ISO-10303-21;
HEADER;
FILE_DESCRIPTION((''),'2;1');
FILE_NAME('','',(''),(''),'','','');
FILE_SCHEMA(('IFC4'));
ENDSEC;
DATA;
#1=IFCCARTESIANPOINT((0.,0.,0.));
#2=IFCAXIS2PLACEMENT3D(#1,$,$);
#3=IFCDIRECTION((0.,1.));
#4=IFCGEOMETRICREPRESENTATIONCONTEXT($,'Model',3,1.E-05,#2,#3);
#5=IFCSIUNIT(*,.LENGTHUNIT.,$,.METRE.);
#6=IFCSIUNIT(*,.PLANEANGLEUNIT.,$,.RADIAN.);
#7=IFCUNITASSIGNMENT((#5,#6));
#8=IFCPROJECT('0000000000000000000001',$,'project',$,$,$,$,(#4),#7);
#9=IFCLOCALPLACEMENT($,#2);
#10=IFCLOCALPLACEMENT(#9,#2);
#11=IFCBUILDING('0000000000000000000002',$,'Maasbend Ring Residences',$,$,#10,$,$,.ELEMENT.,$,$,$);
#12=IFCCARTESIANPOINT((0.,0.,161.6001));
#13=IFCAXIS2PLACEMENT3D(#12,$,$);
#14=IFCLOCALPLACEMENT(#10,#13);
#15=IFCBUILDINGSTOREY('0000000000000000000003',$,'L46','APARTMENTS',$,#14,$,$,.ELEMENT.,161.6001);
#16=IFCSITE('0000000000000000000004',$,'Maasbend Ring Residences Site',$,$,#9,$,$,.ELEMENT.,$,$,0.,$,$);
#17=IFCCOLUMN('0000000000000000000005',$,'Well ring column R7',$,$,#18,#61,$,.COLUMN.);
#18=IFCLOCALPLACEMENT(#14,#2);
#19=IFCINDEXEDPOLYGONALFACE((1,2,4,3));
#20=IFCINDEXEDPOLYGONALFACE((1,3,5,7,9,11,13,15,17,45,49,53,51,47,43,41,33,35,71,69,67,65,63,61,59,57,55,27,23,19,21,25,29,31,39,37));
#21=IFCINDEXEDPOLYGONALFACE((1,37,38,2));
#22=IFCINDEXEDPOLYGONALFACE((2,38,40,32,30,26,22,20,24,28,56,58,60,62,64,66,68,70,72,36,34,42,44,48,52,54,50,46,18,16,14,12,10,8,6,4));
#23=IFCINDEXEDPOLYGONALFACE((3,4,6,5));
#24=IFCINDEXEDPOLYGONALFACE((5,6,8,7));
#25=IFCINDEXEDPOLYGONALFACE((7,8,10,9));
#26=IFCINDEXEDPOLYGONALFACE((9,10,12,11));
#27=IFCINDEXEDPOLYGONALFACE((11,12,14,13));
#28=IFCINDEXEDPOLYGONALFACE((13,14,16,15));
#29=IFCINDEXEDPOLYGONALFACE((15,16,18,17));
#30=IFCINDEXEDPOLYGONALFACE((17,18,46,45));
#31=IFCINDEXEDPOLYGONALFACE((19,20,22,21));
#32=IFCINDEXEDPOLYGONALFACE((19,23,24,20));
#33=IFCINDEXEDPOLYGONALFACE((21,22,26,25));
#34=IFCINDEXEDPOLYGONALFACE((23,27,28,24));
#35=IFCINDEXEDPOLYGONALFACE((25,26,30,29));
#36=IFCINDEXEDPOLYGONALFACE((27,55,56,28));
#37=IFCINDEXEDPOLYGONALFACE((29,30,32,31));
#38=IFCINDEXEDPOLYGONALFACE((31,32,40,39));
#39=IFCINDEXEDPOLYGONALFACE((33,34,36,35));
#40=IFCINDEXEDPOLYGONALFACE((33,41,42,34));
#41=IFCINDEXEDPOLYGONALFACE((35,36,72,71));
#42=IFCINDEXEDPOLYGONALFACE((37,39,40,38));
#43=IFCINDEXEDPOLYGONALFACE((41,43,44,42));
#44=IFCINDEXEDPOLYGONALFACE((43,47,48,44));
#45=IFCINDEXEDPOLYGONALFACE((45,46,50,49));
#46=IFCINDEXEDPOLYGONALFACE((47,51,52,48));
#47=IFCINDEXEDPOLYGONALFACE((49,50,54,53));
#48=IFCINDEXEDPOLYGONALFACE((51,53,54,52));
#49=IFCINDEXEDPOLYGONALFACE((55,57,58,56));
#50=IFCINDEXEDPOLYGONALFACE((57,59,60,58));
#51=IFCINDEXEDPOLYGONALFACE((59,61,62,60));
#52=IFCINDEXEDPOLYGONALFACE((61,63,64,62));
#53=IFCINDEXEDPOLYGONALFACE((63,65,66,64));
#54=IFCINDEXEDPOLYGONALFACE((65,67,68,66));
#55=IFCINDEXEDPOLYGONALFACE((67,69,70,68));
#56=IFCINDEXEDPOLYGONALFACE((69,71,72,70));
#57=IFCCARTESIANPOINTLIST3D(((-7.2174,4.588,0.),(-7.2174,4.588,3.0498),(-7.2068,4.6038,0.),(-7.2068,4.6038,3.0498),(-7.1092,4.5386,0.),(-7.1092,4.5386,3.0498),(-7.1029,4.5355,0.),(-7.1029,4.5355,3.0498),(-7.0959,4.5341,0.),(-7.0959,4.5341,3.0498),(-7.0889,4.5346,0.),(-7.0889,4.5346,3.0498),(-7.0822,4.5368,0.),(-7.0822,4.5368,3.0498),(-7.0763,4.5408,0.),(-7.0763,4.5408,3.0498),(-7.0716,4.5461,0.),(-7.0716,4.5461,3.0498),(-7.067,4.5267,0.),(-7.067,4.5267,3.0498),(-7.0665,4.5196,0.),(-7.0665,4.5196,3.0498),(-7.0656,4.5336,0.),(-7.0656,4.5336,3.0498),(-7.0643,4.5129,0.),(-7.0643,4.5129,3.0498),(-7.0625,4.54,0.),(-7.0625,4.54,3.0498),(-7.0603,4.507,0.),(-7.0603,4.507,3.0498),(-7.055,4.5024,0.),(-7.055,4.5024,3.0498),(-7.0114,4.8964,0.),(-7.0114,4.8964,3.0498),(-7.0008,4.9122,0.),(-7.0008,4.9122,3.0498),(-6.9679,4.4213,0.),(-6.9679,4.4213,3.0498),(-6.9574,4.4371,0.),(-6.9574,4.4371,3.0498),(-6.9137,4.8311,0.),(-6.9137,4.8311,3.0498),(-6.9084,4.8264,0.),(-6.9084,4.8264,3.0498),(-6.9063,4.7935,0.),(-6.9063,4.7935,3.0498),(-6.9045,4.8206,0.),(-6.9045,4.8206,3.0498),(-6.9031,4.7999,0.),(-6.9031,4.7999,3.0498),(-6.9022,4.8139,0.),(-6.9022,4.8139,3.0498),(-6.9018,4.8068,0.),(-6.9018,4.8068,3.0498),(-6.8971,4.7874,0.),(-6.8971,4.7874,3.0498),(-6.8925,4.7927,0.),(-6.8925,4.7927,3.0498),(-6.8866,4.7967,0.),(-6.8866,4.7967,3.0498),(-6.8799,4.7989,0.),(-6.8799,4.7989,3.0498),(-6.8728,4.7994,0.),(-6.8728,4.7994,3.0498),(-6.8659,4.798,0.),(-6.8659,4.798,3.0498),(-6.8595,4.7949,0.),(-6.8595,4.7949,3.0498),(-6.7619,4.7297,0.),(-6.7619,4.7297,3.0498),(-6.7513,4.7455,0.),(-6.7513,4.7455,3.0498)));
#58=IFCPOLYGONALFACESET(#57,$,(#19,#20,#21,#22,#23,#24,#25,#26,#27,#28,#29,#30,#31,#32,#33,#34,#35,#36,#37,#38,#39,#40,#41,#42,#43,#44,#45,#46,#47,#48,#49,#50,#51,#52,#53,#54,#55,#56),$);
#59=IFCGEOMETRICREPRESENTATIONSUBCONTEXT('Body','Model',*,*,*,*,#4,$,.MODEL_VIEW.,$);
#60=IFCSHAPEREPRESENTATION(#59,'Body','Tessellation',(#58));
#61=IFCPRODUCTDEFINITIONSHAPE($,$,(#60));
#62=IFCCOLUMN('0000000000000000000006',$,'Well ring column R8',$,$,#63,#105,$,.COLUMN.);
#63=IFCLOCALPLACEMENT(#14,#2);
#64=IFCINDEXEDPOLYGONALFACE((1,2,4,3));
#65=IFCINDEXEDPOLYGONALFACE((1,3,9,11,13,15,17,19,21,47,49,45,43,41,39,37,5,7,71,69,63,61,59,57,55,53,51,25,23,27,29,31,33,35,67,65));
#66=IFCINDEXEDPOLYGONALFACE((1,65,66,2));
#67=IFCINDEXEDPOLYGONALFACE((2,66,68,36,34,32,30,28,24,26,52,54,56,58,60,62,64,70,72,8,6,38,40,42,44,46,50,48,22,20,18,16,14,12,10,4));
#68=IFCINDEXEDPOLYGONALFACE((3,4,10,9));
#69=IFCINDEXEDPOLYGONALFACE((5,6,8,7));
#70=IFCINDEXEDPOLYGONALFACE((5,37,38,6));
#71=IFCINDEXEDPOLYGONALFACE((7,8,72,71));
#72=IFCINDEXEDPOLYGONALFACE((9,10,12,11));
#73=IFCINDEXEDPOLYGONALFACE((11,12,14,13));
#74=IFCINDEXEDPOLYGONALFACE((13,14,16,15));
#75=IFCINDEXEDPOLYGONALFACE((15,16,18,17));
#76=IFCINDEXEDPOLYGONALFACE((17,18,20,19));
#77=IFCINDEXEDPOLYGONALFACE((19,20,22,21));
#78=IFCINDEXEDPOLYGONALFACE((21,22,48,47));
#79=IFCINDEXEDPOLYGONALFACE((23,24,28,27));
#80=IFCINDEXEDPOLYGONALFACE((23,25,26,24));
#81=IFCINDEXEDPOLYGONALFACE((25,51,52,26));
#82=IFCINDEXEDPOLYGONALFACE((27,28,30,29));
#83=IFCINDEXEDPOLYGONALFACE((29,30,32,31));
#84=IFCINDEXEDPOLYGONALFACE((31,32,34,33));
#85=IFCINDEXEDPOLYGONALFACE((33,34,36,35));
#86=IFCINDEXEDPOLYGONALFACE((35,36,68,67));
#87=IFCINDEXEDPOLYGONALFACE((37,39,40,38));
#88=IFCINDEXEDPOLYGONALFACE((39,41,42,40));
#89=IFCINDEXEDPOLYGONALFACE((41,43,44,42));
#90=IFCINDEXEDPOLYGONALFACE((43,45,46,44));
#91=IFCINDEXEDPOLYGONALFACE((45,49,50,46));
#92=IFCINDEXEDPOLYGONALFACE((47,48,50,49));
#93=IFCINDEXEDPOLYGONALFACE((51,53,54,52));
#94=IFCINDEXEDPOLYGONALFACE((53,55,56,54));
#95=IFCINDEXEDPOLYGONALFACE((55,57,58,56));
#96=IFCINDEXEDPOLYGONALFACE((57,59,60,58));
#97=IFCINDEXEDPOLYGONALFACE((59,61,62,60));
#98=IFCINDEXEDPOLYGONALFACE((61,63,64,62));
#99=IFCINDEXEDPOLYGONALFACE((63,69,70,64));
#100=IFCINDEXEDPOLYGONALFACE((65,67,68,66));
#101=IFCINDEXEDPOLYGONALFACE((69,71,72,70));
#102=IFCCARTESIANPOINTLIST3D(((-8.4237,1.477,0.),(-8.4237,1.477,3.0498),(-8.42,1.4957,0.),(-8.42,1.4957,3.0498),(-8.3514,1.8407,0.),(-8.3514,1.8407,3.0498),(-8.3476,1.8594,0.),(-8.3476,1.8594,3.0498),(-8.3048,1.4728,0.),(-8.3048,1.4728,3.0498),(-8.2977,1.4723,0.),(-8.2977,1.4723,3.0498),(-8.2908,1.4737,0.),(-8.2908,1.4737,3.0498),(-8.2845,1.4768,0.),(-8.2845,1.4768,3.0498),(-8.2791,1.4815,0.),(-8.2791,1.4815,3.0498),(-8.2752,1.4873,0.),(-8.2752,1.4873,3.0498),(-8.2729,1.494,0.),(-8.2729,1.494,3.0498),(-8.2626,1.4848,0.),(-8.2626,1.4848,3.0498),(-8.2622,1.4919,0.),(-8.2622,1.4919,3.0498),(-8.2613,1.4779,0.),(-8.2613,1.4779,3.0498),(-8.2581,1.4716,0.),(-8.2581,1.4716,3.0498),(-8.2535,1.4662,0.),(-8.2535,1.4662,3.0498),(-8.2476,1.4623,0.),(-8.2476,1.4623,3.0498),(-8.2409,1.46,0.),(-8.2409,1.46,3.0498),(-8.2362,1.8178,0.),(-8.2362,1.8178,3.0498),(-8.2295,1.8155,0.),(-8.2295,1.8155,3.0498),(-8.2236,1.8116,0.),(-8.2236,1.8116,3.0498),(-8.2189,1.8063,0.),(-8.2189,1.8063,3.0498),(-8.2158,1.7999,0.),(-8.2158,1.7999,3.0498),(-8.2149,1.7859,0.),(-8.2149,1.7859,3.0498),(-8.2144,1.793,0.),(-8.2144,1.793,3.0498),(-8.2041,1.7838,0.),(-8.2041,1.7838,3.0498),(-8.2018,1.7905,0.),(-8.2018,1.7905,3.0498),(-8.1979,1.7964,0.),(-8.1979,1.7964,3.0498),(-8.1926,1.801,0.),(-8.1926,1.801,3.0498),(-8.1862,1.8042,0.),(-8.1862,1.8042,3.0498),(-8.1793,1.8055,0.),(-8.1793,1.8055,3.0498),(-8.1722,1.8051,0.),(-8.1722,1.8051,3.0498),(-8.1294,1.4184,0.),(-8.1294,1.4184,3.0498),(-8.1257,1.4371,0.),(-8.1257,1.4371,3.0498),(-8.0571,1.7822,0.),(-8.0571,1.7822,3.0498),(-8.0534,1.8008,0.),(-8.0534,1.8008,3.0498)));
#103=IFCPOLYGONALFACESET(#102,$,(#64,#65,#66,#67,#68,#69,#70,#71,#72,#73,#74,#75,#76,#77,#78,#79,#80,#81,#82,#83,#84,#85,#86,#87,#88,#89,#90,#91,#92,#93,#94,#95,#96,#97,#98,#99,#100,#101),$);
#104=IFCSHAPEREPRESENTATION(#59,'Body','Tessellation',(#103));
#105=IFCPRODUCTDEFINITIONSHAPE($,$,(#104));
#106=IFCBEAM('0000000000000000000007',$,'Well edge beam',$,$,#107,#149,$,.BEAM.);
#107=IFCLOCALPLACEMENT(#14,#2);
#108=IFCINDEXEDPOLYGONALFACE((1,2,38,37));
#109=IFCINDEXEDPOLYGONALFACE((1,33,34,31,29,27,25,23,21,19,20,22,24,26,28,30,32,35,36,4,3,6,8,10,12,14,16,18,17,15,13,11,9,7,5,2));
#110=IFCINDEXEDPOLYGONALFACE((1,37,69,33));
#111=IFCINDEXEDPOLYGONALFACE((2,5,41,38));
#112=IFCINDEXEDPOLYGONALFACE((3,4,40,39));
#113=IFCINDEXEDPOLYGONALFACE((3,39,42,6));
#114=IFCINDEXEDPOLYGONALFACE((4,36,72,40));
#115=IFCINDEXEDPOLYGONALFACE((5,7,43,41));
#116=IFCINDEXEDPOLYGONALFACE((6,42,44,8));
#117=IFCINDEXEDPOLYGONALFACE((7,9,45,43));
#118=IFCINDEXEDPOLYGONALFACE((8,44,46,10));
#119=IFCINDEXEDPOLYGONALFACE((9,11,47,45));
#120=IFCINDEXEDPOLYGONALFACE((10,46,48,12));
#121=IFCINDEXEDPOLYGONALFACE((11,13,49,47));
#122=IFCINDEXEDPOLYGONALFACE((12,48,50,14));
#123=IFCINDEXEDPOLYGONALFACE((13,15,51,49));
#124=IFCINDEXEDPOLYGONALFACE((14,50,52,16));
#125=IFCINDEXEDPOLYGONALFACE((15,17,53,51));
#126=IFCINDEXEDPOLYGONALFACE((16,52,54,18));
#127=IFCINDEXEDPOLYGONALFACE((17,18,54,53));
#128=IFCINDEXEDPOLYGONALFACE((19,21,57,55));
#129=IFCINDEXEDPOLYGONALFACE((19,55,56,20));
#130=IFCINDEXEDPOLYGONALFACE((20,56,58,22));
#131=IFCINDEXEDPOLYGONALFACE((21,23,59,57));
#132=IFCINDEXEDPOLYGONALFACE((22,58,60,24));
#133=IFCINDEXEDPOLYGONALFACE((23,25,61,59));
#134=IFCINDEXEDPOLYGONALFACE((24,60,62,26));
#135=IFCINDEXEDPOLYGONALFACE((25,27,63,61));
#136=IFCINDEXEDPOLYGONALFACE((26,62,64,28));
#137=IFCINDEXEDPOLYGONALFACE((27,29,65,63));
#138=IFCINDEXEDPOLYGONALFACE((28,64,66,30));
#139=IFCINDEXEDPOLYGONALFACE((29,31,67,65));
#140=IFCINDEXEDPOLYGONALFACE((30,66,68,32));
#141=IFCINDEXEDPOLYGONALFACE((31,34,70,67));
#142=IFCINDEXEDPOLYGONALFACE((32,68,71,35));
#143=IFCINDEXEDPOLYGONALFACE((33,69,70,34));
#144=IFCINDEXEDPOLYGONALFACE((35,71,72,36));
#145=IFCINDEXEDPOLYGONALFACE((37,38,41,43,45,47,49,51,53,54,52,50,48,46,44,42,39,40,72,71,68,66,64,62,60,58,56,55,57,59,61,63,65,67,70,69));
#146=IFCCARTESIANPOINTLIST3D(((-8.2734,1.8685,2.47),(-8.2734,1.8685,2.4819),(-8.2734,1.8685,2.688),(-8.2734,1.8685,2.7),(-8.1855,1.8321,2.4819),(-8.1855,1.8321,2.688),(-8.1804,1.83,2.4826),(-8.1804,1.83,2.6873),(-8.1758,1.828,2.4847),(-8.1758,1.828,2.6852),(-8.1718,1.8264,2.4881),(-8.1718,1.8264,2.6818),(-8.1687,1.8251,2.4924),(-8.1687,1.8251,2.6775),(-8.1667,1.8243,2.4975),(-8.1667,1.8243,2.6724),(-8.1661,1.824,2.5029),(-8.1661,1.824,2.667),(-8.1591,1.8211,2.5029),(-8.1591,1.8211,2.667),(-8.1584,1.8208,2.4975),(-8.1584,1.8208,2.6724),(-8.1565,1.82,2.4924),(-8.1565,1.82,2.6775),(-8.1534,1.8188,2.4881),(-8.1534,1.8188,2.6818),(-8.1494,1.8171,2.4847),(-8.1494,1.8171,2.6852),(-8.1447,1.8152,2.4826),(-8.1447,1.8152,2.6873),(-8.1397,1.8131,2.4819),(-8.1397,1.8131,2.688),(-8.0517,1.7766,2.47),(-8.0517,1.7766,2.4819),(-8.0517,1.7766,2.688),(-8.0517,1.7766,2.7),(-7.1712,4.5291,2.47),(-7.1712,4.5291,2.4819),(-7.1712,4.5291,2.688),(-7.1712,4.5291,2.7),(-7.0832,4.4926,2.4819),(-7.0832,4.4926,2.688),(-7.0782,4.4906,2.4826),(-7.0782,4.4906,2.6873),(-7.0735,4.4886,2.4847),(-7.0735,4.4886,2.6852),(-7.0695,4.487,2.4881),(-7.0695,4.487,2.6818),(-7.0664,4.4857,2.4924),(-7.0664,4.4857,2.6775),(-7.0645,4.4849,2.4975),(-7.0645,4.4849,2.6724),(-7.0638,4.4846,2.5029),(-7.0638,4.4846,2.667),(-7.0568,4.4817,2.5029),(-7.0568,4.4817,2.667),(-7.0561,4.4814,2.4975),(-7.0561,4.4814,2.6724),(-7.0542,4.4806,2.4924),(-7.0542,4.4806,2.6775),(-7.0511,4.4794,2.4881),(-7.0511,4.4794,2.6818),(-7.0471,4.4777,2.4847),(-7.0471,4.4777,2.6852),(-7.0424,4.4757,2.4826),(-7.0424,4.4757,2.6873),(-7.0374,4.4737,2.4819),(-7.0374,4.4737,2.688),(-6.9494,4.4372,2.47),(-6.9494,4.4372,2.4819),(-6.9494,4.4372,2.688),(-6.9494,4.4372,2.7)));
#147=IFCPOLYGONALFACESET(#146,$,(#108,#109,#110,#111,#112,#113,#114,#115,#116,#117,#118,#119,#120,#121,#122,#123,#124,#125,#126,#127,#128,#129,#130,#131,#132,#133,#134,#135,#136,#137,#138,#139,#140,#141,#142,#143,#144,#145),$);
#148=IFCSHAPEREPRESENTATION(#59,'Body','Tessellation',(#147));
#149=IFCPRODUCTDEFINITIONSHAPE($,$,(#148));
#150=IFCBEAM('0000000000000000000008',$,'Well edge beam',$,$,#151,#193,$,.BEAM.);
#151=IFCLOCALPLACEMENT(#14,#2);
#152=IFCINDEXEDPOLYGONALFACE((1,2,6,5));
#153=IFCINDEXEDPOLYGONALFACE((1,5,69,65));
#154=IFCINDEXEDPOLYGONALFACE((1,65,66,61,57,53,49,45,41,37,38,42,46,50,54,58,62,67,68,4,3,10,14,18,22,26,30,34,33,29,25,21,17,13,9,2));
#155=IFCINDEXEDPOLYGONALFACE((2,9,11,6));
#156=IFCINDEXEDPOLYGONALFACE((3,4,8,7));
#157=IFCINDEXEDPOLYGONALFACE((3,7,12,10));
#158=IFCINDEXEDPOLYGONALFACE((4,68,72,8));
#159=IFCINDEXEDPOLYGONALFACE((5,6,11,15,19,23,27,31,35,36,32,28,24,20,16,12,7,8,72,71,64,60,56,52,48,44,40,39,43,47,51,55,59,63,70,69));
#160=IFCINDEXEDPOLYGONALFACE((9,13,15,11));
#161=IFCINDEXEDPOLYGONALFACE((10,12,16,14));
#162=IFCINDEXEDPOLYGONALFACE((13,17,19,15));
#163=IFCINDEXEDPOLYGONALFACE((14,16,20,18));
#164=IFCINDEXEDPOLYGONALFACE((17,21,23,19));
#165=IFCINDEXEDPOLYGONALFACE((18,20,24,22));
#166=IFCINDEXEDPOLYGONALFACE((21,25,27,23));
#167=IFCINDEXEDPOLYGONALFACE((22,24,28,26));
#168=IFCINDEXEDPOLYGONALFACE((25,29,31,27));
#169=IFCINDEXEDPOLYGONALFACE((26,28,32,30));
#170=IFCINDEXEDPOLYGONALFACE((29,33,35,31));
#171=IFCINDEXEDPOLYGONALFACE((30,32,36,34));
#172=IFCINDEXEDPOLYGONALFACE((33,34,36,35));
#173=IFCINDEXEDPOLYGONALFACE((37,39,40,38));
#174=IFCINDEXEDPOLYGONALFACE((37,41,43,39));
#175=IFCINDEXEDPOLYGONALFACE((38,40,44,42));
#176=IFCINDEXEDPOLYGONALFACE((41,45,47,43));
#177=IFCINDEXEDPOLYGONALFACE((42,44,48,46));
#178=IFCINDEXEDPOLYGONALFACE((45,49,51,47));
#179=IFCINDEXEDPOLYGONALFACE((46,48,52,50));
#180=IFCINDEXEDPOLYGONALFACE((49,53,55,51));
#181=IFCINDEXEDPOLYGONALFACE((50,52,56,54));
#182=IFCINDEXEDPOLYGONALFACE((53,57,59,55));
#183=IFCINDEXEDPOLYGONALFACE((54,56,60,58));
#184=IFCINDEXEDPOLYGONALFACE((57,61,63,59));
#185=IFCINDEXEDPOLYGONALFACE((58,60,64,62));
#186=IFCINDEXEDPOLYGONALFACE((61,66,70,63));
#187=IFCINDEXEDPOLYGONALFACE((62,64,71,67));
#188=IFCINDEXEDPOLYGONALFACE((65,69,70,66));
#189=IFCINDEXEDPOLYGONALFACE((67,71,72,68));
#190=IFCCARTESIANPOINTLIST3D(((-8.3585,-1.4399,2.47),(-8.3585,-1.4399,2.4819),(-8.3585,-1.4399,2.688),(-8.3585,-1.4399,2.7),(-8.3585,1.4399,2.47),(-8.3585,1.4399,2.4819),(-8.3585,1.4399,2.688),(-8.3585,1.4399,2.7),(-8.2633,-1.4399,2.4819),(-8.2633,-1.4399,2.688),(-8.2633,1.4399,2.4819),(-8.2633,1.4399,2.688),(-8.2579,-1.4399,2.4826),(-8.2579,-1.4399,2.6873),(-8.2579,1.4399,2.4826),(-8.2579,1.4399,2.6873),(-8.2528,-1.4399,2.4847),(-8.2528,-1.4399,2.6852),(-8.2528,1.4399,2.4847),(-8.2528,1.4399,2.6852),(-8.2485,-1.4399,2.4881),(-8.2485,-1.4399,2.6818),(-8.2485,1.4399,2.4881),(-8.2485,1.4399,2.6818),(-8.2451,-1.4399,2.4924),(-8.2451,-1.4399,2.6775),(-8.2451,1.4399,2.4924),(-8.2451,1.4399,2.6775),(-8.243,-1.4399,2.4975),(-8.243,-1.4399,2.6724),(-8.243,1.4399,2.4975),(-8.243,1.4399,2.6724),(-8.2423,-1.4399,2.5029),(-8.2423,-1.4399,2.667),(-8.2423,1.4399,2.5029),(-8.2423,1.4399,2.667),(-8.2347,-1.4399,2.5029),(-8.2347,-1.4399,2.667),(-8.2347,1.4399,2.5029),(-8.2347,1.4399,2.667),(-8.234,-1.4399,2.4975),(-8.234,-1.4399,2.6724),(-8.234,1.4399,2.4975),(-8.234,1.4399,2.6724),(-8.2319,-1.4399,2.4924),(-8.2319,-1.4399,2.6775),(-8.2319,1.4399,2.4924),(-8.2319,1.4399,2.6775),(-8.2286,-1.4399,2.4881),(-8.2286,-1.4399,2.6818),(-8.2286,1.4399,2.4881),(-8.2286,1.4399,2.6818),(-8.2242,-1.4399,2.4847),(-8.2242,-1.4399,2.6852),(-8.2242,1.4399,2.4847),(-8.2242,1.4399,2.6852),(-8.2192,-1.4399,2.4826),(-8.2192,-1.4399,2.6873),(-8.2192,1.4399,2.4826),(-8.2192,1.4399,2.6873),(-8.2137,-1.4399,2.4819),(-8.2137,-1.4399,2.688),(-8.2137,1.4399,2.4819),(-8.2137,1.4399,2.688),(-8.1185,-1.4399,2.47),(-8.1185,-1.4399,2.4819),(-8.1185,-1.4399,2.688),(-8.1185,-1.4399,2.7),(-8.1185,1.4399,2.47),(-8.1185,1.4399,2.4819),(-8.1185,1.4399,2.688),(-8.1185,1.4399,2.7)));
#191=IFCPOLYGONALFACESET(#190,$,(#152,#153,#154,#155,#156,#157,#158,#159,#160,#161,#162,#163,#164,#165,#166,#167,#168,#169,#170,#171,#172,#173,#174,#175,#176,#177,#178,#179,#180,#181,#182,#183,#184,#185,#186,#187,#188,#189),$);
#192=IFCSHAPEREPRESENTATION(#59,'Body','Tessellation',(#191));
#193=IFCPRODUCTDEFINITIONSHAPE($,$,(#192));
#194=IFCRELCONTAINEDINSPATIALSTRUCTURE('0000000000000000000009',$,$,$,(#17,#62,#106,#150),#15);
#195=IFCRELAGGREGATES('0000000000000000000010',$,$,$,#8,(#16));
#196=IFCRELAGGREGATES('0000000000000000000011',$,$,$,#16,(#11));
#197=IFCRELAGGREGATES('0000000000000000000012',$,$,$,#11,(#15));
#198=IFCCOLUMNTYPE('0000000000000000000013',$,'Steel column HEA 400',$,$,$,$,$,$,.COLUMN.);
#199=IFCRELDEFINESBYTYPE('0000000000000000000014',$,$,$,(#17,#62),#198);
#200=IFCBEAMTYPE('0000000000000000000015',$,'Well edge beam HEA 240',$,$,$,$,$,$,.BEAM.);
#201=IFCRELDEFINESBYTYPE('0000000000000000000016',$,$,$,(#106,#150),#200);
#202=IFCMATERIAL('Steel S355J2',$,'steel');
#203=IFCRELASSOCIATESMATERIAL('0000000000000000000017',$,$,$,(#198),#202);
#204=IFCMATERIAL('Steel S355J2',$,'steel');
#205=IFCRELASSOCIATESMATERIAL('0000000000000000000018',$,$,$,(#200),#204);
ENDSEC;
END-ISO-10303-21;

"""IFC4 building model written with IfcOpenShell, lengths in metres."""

from ifc_helpers import new_model, si_unit, direction, frame, origin, origin_2d, place, context, subcontext, project, spatial, i_section, extrude, material, material_profile, profile_set, type_object, element, save


model = new_model("IFC4")

# Units and contexts
model_context = context("Model", 3, precision=1e-05, world=origin(), true_north=direction((0.0, 1.0)))
body_context = subcontext(model_context, "Body", "Model", "MODEL_VIEW")
ifc_project = project(units=[si_unit("LENGTHUNIT", "METRE"), si_unit("PLANEANGLEUNIT", "RADIAN")], contexts=[model_context])

# Site, building, storey
site_placement = place(None, origin())
site = spatial("IfcSite", under=ifc_project, at=site_placement, Name="Maasbend Ring Residences Site", CompositionType="ELEMENT", RefElevation=0.0)
building_placement = place(site_placement, origin())
building = spatial("IfcBuilding", under=site, at=building_placement, Name="Maasbend Ring Residences", CompositionType="ELEMENT")
storey_placement = place(building_placement, frame((0.0, 0.0, 161.6001)))
storey = spatial("IfcBuildingStorey", under=building, at=storey_placement, Name="L46", Description="APARTMENTS", CompositionType="ELEMENT", Elevation=161.6001)

# Columns
ifc_material_1 = material(Name="Steel S355J2", Category="steel")
ifc_material_profile_1 = material_profile(ifc_material_1, i_section(OverallWidth=0.3, OverallDepth=0.3899, WebThickness=0.011, FlangeThickness=0.019, FilletRadius=0.0271, at=origin_2d()), Name="HEA 400")
ifc_profile_set_1 = profile_set([ifc_material_profile_1], Name="Steel S355J2")
column_type = type_object("IfcColumnType", Name="Steel column HEA 400", PredefinedType="COLUMN", material=ifc_profile_set_1)
for number, where, z_axis, x_axis, name in (
    (1, (-6.9844, 4.6667, 0.0), (0.0, 0.0, 1.0), (-0.83147, 0.55557, 0.0), "Well ring column R7"),
    (2, (-8.2385, 1.6389, 0.0), (0.0, 0.0, 1.0), (-0.980785, 0.19509, 0.0), "Well ring column R8"),
):
    element("IfcColumn", number, at=place(storey_placement, frame(where, z_axis=z_axis, x_axis=x_axis)), inside=storey, type_object=column_type, Name=name, PredefinedType="COLUMN", context=body_context, shape_type="SweptSolid", body=[
        extrude(i_section(OverallWidth=0.3, OverallDepth=0.3899, WebThickness=0.011, FlangeThickness=0.019, FilletRadius=0.0271, at=origin_2d()), origin(), (0.0, 0.0, 1.0), 3.0498),
    ])

# Beams
ifc_material_2 = material(Name="Steel S355J2", Category="steel")
ifc_material_profile_2 = material_profile(ifc_material_2, i_section(OverallWidth=0.24, OverallDepth=0.23, WebThickness=0.0076, FlangeThickness=0.012, FilletRadius=0.021, at=origin_2d()), Name="HEA 240")
ifc_profile_set_2 = profile_set([ifc_material_profile_2], Name="Steel S355J2")
beam_type = type_object("IfcBeamType", Name="Well edge beam HEA 240", PredefinedType="BEAM", material=ifc_profile_set_2)
for number, where, z_axis, x_axis, name in (
    (3, (-7.0603, 4.4832, 2.585), (-0.382749, -0.923853, 0.0), (0.923853, -0.382749, 0.0), "Well edge beam"),
    (4, (-8.2385, 1.4399, 2.585), (0.0, -1.0, 0.0), (1.0, 0.0, 0.0), "Well edge beam"),
):
    element("IfcBeam", number, at=place(storey_placement, frame(where, z_axis=z_axis, x_axis=x_axis)), inside=storey, type_object=beam_type, Name=name, PredefinedType="BEAM", context=body_context, shape_type="SweptSolid", body=[
        extrude(i_section(OverallWidth=0.24, OverallDepth=0.23, WebThickness=0.0076, FlangeThickness=0.012, FilletRadius=0.021, at=origin_2d()), origin(), (0.0, 0.0, 1.0), 2.8799),
    ])

save(model, "model.ifc")
